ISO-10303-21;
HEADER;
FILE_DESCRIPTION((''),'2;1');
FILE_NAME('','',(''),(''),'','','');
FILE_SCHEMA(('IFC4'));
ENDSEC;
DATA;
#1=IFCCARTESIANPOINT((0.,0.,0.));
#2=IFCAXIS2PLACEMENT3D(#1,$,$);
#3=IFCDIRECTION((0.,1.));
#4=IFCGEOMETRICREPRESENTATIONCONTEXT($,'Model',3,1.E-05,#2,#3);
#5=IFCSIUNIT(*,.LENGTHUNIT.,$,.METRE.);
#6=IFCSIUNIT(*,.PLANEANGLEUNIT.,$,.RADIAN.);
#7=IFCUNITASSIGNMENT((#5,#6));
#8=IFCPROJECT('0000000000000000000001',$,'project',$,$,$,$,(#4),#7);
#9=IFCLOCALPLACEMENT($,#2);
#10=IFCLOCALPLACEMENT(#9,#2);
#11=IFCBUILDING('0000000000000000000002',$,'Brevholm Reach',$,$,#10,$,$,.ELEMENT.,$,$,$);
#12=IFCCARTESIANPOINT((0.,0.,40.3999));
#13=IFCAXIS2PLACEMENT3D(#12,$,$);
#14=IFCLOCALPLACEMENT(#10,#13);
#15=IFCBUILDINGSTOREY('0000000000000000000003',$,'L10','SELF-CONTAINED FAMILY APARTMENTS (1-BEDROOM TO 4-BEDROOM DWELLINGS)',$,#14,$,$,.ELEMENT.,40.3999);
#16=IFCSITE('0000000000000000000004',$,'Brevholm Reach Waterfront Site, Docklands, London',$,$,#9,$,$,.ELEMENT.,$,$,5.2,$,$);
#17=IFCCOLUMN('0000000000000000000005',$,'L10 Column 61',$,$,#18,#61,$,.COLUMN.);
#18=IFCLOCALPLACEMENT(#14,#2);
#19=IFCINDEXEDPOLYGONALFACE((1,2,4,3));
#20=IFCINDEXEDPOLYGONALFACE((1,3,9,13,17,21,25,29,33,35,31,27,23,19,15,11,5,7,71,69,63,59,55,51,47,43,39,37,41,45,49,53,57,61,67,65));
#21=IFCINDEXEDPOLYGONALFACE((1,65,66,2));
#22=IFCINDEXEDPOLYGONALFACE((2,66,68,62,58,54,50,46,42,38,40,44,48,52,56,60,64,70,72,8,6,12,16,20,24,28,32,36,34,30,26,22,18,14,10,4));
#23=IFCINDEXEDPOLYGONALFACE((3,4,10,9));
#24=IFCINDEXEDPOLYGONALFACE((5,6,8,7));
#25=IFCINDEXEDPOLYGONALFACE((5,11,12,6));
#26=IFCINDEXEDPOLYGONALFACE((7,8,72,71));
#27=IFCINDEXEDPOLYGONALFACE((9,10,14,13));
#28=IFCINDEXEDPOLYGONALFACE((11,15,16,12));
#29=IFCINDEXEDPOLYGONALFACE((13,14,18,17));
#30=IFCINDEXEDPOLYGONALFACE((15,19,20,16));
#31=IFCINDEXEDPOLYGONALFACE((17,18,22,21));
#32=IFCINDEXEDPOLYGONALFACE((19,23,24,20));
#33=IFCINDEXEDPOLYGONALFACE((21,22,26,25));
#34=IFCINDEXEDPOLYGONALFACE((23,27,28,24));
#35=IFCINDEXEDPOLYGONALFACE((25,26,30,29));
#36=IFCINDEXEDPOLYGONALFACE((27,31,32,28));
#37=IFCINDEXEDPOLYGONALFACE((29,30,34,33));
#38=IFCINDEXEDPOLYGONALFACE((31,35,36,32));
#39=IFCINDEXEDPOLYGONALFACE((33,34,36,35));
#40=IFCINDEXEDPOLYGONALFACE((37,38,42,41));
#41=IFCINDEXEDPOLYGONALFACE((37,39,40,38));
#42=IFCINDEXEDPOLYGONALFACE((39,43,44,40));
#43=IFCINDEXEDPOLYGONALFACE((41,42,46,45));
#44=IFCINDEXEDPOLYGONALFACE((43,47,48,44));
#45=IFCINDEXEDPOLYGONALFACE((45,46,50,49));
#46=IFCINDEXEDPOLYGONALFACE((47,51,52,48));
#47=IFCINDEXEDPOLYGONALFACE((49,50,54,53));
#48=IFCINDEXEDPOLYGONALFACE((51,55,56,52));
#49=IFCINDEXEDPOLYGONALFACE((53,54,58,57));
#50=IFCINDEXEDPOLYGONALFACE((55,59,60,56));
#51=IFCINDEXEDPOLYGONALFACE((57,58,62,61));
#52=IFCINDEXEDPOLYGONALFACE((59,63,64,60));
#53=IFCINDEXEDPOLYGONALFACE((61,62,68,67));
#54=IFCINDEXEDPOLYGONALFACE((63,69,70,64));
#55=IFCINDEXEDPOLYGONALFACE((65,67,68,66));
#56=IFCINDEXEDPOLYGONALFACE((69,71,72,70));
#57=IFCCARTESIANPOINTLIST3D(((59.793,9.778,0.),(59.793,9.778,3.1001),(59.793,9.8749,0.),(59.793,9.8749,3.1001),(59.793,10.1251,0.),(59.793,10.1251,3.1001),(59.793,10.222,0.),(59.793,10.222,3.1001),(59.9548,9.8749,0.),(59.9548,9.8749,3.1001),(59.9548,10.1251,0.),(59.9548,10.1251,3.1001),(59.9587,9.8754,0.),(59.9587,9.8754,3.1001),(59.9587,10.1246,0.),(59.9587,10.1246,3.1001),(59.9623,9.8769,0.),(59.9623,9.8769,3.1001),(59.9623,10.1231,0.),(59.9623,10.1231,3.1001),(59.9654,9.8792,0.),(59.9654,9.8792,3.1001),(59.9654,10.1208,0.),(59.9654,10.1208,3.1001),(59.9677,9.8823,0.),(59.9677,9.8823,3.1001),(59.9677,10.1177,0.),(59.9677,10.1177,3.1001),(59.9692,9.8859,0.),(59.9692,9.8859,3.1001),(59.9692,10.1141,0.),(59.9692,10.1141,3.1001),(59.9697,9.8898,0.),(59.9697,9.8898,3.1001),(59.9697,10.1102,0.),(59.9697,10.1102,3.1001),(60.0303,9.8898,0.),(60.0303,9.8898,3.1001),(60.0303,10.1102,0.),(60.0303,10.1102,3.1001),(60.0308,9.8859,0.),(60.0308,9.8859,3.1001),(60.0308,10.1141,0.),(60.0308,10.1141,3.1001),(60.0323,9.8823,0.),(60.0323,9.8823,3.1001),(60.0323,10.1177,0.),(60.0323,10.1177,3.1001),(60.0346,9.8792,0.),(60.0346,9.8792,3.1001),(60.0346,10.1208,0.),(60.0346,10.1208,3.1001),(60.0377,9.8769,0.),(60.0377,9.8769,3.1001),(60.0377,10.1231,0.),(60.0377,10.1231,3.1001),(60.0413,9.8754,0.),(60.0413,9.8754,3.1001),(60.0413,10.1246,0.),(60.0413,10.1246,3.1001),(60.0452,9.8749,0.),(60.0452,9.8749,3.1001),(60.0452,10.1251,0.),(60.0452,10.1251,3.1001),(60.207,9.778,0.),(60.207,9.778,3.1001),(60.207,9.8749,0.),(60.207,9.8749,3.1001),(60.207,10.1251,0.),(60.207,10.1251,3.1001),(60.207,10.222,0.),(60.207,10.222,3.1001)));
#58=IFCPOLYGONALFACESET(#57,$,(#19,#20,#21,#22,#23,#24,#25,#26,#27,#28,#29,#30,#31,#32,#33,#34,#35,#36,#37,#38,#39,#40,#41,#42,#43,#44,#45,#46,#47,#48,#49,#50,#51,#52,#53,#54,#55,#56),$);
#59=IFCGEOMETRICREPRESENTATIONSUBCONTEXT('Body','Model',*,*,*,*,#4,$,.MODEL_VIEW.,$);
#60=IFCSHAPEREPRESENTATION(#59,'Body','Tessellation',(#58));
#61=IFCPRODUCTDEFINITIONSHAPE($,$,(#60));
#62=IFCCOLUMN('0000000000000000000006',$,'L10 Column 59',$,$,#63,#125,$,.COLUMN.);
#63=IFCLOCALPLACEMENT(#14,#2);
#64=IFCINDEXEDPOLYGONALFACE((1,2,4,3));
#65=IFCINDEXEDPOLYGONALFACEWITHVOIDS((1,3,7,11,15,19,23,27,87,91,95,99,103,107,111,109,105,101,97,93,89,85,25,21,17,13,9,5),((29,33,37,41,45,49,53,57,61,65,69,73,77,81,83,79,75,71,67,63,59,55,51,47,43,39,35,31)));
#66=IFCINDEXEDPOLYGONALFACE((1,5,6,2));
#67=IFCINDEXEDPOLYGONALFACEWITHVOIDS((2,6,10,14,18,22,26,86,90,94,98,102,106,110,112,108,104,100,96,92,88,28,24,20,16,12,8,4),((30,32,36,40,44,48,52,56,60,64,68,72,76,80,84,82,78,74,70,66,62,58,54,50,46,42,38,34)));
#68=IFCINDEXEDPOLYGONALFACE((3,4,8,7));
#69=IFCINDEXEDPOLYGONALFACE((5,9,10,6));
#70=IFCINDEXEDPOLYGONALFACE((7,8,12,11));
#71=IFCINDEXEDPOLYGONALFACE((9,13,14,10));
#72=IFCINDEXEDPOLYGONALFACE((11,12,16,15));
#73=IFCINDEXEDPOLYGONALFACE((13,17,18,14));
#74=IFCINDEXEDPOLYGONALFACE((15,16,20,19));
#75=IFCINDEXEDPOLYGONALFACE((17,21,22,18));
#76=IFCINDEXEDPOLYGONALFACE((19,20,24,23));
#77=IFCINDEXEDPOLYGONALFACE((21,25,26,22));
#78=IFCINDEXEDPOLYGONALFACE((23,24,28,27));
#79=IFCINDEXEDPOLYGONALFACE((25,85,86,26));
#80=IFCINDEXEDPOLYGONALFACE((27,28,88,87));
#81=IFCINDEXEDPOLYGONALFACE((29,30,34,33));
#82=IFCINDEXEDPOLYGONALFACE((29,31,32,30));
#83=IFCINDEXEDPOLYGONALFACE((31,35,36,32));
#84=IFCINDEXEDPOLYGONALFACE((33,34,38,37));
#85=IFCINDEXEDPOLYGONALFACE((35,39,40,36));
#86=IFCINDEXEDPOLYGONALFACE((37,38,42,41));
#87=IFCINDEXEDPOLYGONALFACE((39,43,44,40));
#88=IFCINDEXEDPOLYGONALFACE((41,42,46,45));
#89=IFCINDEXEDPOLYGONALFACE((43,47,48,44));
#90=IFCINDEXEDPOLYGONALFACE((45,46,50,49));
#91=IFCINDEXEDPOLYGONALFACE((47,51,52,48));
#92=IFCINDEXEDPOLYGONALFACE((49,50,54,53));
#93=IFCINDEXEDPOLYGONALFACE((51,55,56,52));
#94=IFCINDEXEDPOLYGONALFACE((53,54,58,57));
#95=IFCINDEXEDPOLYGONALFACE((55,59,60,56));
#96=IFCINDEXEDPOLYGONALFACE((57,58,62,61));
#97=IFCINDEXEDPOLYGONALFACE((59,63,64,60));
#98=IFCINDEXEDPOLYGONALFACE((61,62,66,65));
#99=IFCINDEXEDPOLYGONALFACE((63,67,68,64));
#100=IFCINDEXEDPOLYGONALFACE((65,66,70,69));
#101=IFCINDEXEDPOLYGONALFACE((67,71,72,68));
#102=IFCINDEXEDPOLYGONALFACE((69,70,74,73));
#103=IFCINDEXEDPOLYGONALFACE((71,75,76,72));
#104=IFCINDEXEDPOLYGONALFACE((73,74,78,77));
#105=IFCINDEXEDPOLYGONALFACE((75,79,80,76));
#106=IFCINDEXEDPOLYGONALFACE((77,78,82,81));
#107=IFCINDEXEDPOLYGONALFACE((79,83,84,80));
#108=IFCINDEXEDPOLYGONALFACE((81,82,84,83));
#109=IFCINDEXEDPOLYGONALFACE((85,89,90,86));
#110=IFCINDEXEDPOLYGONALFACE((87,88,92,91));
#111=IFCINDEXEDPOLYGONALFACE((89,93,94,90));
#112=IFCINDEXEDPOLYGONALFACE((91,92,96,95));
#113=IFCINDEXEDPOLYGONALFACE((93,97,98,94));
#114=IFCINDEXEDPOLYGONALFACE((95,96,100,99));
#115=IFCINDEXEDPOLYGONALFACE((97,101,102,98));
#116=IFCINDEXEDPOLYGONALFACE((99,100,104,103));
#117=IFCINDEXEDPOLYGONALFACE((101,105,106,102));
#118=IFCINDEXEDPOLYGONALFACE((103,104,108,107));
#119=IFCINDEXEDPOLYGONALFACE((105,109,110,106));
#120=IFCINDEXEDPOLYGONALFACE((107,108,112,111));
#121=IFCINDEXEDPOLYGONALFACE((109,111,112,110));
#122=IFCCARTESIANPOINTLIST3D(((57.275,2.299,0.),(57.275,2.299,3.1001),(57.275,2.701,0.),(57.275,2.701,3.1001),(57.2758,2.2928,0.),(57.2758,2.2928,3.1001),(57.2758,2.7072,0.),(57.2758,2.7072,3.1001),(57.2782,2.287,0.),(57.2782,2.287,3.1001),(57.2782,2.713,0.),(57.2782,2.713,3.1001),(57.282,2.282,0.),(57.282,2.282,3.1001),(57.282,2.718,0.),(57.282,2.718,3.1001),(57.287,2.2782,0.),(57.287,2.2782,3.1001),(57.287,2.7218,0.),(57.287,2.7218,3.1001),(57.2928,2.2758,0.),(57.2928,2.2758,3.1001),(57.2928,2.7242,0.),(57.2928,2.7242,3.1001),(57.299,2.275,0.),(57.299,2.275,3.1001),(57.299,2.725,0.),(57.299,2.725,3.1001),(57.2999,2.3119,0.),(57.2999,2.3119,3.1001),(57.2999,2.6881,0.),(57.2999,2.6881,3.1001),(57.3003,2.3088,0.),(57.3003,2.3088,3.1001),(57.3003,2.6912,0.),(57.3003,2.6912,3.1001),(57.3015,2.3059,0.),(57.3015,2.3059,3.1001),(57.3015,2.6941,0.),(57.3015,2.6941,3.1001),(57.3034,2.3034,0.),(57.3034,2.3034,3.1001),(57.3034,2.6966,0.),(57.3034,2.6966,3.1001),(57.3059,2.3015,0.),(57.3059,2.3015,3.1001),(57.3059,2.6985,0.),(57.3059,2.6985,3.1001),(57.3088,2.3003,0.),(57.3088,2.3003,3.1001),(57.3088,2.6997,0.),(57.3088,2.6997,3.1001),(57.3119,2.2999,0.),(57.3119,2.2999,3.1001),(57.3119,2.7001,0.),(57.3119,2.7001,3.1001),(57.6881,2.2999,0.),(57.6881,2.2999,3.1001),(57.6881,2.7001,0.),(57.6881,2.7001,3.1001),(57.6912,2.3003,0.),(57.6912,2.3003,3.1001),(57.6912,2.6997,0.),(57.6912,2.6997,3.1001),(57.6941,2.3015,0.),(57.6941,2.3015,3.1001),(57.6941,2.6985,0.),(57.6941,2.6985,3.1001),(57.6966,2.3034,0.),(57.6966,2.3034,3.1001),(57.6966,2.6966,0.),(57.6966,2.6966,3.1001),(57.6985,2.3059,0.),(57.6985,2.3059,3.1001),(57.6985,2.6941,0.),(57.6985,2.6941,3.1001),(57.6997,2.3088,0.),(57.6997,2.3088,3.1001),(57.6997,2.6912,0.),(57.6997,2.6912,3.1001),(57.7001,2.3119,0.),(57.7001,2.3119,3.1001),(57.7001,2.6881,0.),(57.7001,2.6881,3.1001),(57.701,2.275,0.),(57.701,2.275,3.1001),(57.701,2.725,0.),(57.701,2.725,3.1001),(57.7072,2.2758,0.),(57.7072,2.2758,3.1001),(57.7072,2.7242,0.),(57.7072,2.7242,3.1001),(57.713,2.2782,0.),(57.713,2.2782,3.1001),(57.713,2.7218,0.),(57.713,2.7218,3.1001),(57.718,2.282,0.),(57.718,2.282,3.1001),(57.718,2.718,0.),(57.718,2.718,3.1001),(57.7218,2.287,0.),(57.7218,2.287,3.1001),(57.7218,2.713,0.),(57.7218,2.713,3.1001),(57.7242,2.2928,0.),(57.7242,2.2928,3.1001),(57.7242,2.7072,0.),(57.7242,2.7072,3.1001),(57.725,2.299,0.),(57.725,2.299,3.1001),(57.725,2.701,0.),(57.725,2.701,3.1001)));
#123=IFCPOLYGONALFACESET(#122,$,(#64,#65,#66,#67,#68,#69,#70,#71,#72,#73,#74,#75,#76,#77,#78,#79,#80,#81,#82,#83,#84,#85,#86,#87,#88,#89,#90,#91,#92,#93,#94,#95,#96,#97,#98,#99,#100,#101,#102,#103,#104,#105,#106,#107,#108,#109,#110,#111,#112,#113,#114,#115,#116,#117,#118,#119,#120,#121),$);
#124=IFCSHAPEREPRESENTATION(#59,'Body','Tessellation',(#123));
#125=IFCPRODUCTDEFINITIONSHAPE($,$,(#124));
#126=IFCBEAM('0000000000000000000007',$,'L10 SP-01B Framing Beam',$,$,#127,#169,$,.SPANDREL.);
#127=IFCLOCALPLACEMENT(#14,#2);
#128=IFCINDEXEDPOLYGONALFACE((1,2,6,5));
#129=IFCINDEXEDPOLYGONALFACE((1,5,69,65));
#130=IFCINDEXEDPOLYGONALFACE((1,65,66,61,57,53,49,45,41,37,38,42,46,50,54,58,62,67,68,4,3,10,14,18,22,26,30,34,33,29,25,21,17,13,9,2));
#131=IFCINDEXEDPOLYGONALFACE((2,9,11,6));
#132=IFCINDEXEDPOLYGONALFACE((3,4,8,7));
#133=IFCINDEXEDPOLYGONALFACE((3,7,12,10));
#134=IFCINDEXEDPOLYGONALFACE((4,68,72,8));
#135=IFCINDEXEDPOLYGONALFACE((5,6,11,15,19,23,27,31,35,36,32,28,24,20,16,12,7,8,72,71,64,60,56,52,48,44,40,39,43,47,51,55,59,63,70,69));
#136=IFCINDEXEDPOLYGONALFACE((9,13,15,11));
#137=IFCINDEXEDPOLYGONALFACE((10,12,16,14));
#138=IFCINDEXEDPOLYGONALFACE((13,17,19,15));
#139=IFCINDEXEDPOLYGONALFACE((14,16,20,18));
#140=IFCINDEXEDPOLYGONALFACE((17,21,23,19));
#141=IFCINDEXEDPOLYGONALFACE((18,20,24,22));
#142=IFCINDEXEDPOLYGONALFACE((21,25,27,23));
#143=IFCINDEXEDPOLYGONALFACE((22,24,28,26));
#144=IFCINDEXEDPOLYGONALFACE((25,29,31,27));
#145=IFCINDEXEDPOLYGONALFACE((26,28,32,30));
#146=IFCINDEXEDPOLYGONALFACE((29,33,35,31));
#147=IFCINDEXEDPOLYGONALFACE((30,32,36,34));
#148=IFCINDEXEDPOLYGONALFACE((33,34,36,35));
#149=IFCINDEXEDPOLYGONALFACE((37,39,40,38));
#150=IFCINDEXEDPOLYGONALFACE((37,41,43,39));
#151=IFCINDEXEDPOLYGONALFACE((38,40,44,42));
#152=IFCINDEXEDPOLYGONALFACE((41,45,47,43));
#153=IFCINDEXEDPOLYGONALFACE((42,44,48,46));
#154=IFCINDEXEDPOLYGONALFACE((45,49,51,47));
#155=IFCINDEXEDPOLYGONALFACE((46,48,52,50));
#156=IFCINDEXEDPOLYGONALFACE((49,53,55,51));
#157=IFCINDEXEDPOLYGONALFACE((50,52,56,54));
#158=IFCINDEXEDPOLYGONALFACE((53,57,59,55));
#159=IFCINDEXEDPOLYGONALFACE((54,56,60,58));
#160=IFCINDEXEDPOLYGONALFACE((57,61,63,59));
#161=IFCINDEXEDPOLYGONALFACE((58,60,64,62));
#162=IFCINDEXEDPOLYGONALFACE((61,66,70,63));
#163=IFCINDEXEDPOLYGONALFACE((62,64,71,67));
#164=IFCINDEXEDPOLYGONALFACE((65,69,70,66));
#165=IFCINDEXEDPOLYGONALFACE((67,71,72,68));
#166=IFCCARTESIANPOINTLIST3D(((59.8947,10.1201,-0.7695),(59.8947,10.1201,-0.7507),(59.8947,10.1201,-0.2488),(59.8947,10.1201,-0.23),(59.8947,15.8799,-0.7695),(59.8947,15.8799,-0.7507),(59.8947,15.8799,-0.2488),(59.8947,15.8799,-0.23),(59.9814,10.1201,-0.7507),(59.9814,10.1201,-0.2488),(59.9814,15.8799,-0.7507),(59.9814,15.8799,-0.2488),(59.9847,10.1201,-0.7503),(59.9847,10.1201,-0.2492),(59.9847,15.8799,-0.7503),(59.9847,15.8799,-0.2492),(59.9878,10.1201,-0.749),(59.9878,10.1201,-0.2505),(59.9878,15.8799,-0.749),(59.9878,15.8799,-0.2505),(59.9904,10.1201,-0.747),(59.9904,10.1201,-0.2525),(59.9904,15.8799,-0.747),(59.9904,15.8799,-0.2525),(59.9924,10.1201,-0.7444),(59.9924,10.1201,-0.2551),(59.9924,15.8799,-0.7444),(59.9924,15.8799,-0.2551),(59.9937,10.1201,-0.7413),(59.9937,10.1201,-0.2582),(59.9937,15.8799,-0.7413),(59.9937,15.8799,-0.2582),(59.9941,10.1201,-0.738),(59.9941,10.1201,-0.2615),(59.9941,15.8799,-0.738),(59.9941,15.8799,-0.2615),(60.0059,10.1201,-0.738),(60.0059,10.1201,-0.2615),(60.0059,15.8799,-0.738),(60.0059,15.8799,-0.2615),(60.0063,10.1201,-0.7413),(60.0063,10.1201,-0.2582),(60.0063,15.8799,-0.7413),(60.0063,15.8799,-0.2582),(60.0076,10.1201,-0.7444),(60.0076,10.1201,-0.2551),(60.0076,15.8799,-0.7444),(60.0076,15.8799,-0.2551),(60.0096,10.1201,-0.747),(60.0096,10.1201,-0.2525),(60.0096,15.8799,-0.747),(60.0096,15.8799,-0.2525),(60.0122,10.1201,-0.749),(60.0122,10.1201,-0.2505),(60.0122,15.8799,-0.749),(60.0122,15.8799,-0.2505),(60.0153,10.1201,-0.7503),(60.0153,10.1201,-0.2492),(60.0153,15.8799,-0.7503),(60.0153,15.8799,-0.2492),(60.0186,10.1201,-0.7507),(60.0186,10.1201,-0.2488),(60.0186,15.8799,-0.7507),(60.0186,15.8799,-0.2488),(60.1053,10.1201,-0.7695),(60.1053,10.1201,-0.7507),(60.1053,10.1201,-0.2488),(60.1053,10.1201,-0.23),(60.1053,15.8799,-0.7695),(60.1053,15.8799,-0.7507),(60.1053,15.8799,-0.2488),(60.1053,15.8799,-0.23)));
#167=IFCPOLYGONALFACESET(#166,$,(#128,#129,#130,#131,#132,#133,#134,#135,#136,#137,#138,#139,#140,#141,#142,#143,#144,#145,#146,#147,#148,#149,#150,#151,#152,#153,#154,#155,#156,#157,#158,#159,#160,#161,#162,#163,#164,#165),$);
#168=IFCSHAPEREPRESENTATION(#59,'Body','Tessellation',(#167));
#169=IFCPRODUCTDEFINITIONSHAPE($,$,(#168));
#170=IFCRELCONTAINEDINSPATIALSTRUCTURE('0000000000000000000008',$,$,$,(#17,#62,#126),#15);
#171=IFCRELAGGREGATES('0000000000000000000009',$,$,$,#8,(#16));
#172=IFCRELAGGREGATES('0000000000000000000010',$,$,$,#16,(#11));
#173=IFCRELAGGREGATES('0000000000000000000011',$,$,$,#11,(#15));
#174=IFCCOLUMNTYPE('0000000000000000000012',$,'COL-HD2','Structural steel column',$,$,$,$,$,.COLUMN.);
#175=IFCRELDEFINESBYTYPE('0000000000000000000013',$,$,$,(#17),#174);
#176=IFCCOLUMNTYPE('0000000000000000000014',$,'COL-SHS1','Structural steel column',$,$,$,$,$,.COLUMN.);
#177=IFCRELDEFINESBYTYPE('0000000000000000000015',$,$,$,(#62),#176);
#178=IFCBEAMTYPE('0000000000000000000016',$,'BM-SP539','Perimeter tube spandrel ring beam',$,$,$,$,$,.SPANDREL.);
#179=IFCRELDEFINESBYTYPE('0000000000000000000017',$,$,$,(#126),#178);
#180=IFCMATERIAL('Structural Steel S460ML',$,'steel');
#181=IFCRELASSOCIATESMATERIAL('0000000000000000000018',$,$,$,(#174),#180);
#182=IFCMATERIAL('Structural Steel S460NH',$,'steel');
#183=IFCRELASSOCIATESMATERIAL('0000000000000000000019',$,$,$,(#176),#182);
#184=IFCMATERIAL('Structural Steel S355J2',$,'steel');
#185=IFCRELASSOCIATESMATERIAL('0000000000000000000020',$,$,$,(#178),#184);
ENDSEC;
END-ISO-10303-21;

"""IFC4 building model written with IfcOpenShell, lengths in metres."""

from ifc_helpers import new_model, si_unit, direction, frame, origin, origin_2d, place, context, subcontext, project, spatial, hollow_rectangle, i_section, extrude, material, material_profile, profile_set, type_object, element, save


model = new_model("IFC4")

# Units and contexts
model_context = context("Model", 3, precision=1e-05, world=origin(), true_north=direction((0.0, 1.0)))
body_context = subcontext(model_context, "Body", "Model", "MODEL_VIEW")
ifc_project = project(units=[si_unit("LENGTHUNIT", "METRE"), si_unit("PLANEANGLEUNIT", "RADIAN")], contexts=[model_context])

# Site, building, storey
site_placement = place(None, origin())
site = spatial("IfcSite", under=ifc_project, at=site_placement, Name="Brevholm Reach Waterfront Site, Docklands, London", CompositionType="ELEMENT", RefElevation=5.2)
building_placement = place(site_placement, origin())
building = spatial("IfcBuilding", under=site, at=building_placement, Name="Brevholm Reach", CompositionType="ELEMENT")
storey_placement = place(building_placement, frame((0.0, 0.0, 40.3999)))
storey = spatial("IfcBuildingStorey", under=building, at=storey_placement, Name="L10", Description="SELF-CONTAINED FAMILY APARTMENTS (1-BEDROOM TO 4-BEDROOM DWELLINGS)", CompositionType="ELEMENT", Elevation=40.3999)

# Columns
ifc_material_1 = material(Name="Structural Steel S460ML", Category="steel")
ifc_material_profile_1 = material_profile(ifc_material_1, i_section(OverallWidth=0.4141, OverallDepth=0.4441, WebThickness=0.0605, FlangeThickness=0.0969, FilletRadius=0.0149, at=origin_2d()), Name="HD 400x818")
ifc_profile_set_1 = profile_set([ifc_material_profile_1], Name="Structural Steel S460ML")
column_type_1 = type_object("IfcColumnType", Name="COL-HD2", Description="Structural steel column", PredefinedType="COLUMN", material=ifc_profile_set_1)
column_1_placement = place(storey_placement, frame((60.0, 10.0, 0.0), z_axis=(0.0, 0.0, 1.0), x_axis=(1.0, 0.0, 0.0)))
element("IfcColumn", 1, at=column_1_placement, inside=storey, type_object=column_type_1, Name="L10 Column 61", PredefinedType="COLUMN", context=body_context, shape_type="SweptSolid", body=[
    extrude(i_section(OverallWidth=0.4141, OverallDepth=0.4441, WebThickness=0.0605, FlangeThickness=0.0969, FilletRadius=0.0149, at=origin_2d()), origin(), (0.0, 0.0, 1.0), 3.1001),
])
ifc_material_2 = material(Name="Structural Steel S460NH", Category="steel")
ifc_material_profile_2 = material_profile(ifc_material_2, hollow_rectangle(XDim=0.45, YDim=0.45, WallThickness=0.0249, InnerFilletRadius=0.012, OuterFilletRadius=0.0239, at=origin_2d()), Name="SHS 450x450x25")
ifc_profile_set_2 = profile_set([ifc_material_profile_2], Name="Structural Steel S460NH")
column_type_2 = type_object("IfcColumnType", Name="COL-SHS1", Description="Structural steel column", PredefinedType="COLUMN", material=ifc_profile_set_2)
column_2_placement = place(storey_placement, frame((57.5, 2.5, 0.0), z_axis=(0.0, 0.0, 1.0), x_axis=(1.0, 0.0, 0.0)))
element("IfcColumn", 2, at=column_2_placement, inside=storey, type_object=column_type_2, Name="L10 Column 59", PredefinedType="COLUMN", context=body_context, shape_type="SweptSolid", body=[
    extrude(hollow_rectangle(XDim=0.45, YDim=0.45, WallThickness=0.0249, InnerFilletRadius=0.012, OuterFilletRadius=0.0239, at=origin_2d()), origin(), (0.0, 0.0, 1.0), 3.1001),
])

# Beam
ifc_material_3 = material(Name="Structural Steel S355J2", Category="steel")
ifc_material_profile_3 = material_profile(ifc_material_3, i_section(OverallWidth=0.2107, OverallDepth=0.5396, WebThickness=0.0117, FlangeThickness=0.0188, FilletRadius=0.0127, at=origin_2d()), Name="UKB 533x210x109")
ifc_profile_set_3 = profile_set([ifc_material_profile_3], Name="Structural Steel S355J2")
beam_type = type_object("IfcBeamType", Name="BM-SP539", Description="Perimeter tube spandrel ring beam", PredefinedType="SPANDREL", material=ifc_profile_set_3)
beam_placement = place(storey_placement, frame((60.0, 10.1201, -0.4998), z_axis=(0.0, 1.0, 0.0), x_axis=(-1.0, 0.0, 0.0)))
element("IfcBeam", 3, at=beam_placement, inside=storey, type_object=beam_type, Name="L10 SP-01B Framing Beam", PredefinedType="SPANDREL", context=body_context, shape_type="SweptSolid", body=[
    extrude(i_section(OverallWidth=0.2107, OverallDepth=0.5396, WebThickness=0.0117, FlangeThickness=0.0188, FilletRadius=0.0127, at=origin_2d()), origin(), (0.0, 0.0, 1.0), 5.7598),
])

save(model, "model.ifc")
